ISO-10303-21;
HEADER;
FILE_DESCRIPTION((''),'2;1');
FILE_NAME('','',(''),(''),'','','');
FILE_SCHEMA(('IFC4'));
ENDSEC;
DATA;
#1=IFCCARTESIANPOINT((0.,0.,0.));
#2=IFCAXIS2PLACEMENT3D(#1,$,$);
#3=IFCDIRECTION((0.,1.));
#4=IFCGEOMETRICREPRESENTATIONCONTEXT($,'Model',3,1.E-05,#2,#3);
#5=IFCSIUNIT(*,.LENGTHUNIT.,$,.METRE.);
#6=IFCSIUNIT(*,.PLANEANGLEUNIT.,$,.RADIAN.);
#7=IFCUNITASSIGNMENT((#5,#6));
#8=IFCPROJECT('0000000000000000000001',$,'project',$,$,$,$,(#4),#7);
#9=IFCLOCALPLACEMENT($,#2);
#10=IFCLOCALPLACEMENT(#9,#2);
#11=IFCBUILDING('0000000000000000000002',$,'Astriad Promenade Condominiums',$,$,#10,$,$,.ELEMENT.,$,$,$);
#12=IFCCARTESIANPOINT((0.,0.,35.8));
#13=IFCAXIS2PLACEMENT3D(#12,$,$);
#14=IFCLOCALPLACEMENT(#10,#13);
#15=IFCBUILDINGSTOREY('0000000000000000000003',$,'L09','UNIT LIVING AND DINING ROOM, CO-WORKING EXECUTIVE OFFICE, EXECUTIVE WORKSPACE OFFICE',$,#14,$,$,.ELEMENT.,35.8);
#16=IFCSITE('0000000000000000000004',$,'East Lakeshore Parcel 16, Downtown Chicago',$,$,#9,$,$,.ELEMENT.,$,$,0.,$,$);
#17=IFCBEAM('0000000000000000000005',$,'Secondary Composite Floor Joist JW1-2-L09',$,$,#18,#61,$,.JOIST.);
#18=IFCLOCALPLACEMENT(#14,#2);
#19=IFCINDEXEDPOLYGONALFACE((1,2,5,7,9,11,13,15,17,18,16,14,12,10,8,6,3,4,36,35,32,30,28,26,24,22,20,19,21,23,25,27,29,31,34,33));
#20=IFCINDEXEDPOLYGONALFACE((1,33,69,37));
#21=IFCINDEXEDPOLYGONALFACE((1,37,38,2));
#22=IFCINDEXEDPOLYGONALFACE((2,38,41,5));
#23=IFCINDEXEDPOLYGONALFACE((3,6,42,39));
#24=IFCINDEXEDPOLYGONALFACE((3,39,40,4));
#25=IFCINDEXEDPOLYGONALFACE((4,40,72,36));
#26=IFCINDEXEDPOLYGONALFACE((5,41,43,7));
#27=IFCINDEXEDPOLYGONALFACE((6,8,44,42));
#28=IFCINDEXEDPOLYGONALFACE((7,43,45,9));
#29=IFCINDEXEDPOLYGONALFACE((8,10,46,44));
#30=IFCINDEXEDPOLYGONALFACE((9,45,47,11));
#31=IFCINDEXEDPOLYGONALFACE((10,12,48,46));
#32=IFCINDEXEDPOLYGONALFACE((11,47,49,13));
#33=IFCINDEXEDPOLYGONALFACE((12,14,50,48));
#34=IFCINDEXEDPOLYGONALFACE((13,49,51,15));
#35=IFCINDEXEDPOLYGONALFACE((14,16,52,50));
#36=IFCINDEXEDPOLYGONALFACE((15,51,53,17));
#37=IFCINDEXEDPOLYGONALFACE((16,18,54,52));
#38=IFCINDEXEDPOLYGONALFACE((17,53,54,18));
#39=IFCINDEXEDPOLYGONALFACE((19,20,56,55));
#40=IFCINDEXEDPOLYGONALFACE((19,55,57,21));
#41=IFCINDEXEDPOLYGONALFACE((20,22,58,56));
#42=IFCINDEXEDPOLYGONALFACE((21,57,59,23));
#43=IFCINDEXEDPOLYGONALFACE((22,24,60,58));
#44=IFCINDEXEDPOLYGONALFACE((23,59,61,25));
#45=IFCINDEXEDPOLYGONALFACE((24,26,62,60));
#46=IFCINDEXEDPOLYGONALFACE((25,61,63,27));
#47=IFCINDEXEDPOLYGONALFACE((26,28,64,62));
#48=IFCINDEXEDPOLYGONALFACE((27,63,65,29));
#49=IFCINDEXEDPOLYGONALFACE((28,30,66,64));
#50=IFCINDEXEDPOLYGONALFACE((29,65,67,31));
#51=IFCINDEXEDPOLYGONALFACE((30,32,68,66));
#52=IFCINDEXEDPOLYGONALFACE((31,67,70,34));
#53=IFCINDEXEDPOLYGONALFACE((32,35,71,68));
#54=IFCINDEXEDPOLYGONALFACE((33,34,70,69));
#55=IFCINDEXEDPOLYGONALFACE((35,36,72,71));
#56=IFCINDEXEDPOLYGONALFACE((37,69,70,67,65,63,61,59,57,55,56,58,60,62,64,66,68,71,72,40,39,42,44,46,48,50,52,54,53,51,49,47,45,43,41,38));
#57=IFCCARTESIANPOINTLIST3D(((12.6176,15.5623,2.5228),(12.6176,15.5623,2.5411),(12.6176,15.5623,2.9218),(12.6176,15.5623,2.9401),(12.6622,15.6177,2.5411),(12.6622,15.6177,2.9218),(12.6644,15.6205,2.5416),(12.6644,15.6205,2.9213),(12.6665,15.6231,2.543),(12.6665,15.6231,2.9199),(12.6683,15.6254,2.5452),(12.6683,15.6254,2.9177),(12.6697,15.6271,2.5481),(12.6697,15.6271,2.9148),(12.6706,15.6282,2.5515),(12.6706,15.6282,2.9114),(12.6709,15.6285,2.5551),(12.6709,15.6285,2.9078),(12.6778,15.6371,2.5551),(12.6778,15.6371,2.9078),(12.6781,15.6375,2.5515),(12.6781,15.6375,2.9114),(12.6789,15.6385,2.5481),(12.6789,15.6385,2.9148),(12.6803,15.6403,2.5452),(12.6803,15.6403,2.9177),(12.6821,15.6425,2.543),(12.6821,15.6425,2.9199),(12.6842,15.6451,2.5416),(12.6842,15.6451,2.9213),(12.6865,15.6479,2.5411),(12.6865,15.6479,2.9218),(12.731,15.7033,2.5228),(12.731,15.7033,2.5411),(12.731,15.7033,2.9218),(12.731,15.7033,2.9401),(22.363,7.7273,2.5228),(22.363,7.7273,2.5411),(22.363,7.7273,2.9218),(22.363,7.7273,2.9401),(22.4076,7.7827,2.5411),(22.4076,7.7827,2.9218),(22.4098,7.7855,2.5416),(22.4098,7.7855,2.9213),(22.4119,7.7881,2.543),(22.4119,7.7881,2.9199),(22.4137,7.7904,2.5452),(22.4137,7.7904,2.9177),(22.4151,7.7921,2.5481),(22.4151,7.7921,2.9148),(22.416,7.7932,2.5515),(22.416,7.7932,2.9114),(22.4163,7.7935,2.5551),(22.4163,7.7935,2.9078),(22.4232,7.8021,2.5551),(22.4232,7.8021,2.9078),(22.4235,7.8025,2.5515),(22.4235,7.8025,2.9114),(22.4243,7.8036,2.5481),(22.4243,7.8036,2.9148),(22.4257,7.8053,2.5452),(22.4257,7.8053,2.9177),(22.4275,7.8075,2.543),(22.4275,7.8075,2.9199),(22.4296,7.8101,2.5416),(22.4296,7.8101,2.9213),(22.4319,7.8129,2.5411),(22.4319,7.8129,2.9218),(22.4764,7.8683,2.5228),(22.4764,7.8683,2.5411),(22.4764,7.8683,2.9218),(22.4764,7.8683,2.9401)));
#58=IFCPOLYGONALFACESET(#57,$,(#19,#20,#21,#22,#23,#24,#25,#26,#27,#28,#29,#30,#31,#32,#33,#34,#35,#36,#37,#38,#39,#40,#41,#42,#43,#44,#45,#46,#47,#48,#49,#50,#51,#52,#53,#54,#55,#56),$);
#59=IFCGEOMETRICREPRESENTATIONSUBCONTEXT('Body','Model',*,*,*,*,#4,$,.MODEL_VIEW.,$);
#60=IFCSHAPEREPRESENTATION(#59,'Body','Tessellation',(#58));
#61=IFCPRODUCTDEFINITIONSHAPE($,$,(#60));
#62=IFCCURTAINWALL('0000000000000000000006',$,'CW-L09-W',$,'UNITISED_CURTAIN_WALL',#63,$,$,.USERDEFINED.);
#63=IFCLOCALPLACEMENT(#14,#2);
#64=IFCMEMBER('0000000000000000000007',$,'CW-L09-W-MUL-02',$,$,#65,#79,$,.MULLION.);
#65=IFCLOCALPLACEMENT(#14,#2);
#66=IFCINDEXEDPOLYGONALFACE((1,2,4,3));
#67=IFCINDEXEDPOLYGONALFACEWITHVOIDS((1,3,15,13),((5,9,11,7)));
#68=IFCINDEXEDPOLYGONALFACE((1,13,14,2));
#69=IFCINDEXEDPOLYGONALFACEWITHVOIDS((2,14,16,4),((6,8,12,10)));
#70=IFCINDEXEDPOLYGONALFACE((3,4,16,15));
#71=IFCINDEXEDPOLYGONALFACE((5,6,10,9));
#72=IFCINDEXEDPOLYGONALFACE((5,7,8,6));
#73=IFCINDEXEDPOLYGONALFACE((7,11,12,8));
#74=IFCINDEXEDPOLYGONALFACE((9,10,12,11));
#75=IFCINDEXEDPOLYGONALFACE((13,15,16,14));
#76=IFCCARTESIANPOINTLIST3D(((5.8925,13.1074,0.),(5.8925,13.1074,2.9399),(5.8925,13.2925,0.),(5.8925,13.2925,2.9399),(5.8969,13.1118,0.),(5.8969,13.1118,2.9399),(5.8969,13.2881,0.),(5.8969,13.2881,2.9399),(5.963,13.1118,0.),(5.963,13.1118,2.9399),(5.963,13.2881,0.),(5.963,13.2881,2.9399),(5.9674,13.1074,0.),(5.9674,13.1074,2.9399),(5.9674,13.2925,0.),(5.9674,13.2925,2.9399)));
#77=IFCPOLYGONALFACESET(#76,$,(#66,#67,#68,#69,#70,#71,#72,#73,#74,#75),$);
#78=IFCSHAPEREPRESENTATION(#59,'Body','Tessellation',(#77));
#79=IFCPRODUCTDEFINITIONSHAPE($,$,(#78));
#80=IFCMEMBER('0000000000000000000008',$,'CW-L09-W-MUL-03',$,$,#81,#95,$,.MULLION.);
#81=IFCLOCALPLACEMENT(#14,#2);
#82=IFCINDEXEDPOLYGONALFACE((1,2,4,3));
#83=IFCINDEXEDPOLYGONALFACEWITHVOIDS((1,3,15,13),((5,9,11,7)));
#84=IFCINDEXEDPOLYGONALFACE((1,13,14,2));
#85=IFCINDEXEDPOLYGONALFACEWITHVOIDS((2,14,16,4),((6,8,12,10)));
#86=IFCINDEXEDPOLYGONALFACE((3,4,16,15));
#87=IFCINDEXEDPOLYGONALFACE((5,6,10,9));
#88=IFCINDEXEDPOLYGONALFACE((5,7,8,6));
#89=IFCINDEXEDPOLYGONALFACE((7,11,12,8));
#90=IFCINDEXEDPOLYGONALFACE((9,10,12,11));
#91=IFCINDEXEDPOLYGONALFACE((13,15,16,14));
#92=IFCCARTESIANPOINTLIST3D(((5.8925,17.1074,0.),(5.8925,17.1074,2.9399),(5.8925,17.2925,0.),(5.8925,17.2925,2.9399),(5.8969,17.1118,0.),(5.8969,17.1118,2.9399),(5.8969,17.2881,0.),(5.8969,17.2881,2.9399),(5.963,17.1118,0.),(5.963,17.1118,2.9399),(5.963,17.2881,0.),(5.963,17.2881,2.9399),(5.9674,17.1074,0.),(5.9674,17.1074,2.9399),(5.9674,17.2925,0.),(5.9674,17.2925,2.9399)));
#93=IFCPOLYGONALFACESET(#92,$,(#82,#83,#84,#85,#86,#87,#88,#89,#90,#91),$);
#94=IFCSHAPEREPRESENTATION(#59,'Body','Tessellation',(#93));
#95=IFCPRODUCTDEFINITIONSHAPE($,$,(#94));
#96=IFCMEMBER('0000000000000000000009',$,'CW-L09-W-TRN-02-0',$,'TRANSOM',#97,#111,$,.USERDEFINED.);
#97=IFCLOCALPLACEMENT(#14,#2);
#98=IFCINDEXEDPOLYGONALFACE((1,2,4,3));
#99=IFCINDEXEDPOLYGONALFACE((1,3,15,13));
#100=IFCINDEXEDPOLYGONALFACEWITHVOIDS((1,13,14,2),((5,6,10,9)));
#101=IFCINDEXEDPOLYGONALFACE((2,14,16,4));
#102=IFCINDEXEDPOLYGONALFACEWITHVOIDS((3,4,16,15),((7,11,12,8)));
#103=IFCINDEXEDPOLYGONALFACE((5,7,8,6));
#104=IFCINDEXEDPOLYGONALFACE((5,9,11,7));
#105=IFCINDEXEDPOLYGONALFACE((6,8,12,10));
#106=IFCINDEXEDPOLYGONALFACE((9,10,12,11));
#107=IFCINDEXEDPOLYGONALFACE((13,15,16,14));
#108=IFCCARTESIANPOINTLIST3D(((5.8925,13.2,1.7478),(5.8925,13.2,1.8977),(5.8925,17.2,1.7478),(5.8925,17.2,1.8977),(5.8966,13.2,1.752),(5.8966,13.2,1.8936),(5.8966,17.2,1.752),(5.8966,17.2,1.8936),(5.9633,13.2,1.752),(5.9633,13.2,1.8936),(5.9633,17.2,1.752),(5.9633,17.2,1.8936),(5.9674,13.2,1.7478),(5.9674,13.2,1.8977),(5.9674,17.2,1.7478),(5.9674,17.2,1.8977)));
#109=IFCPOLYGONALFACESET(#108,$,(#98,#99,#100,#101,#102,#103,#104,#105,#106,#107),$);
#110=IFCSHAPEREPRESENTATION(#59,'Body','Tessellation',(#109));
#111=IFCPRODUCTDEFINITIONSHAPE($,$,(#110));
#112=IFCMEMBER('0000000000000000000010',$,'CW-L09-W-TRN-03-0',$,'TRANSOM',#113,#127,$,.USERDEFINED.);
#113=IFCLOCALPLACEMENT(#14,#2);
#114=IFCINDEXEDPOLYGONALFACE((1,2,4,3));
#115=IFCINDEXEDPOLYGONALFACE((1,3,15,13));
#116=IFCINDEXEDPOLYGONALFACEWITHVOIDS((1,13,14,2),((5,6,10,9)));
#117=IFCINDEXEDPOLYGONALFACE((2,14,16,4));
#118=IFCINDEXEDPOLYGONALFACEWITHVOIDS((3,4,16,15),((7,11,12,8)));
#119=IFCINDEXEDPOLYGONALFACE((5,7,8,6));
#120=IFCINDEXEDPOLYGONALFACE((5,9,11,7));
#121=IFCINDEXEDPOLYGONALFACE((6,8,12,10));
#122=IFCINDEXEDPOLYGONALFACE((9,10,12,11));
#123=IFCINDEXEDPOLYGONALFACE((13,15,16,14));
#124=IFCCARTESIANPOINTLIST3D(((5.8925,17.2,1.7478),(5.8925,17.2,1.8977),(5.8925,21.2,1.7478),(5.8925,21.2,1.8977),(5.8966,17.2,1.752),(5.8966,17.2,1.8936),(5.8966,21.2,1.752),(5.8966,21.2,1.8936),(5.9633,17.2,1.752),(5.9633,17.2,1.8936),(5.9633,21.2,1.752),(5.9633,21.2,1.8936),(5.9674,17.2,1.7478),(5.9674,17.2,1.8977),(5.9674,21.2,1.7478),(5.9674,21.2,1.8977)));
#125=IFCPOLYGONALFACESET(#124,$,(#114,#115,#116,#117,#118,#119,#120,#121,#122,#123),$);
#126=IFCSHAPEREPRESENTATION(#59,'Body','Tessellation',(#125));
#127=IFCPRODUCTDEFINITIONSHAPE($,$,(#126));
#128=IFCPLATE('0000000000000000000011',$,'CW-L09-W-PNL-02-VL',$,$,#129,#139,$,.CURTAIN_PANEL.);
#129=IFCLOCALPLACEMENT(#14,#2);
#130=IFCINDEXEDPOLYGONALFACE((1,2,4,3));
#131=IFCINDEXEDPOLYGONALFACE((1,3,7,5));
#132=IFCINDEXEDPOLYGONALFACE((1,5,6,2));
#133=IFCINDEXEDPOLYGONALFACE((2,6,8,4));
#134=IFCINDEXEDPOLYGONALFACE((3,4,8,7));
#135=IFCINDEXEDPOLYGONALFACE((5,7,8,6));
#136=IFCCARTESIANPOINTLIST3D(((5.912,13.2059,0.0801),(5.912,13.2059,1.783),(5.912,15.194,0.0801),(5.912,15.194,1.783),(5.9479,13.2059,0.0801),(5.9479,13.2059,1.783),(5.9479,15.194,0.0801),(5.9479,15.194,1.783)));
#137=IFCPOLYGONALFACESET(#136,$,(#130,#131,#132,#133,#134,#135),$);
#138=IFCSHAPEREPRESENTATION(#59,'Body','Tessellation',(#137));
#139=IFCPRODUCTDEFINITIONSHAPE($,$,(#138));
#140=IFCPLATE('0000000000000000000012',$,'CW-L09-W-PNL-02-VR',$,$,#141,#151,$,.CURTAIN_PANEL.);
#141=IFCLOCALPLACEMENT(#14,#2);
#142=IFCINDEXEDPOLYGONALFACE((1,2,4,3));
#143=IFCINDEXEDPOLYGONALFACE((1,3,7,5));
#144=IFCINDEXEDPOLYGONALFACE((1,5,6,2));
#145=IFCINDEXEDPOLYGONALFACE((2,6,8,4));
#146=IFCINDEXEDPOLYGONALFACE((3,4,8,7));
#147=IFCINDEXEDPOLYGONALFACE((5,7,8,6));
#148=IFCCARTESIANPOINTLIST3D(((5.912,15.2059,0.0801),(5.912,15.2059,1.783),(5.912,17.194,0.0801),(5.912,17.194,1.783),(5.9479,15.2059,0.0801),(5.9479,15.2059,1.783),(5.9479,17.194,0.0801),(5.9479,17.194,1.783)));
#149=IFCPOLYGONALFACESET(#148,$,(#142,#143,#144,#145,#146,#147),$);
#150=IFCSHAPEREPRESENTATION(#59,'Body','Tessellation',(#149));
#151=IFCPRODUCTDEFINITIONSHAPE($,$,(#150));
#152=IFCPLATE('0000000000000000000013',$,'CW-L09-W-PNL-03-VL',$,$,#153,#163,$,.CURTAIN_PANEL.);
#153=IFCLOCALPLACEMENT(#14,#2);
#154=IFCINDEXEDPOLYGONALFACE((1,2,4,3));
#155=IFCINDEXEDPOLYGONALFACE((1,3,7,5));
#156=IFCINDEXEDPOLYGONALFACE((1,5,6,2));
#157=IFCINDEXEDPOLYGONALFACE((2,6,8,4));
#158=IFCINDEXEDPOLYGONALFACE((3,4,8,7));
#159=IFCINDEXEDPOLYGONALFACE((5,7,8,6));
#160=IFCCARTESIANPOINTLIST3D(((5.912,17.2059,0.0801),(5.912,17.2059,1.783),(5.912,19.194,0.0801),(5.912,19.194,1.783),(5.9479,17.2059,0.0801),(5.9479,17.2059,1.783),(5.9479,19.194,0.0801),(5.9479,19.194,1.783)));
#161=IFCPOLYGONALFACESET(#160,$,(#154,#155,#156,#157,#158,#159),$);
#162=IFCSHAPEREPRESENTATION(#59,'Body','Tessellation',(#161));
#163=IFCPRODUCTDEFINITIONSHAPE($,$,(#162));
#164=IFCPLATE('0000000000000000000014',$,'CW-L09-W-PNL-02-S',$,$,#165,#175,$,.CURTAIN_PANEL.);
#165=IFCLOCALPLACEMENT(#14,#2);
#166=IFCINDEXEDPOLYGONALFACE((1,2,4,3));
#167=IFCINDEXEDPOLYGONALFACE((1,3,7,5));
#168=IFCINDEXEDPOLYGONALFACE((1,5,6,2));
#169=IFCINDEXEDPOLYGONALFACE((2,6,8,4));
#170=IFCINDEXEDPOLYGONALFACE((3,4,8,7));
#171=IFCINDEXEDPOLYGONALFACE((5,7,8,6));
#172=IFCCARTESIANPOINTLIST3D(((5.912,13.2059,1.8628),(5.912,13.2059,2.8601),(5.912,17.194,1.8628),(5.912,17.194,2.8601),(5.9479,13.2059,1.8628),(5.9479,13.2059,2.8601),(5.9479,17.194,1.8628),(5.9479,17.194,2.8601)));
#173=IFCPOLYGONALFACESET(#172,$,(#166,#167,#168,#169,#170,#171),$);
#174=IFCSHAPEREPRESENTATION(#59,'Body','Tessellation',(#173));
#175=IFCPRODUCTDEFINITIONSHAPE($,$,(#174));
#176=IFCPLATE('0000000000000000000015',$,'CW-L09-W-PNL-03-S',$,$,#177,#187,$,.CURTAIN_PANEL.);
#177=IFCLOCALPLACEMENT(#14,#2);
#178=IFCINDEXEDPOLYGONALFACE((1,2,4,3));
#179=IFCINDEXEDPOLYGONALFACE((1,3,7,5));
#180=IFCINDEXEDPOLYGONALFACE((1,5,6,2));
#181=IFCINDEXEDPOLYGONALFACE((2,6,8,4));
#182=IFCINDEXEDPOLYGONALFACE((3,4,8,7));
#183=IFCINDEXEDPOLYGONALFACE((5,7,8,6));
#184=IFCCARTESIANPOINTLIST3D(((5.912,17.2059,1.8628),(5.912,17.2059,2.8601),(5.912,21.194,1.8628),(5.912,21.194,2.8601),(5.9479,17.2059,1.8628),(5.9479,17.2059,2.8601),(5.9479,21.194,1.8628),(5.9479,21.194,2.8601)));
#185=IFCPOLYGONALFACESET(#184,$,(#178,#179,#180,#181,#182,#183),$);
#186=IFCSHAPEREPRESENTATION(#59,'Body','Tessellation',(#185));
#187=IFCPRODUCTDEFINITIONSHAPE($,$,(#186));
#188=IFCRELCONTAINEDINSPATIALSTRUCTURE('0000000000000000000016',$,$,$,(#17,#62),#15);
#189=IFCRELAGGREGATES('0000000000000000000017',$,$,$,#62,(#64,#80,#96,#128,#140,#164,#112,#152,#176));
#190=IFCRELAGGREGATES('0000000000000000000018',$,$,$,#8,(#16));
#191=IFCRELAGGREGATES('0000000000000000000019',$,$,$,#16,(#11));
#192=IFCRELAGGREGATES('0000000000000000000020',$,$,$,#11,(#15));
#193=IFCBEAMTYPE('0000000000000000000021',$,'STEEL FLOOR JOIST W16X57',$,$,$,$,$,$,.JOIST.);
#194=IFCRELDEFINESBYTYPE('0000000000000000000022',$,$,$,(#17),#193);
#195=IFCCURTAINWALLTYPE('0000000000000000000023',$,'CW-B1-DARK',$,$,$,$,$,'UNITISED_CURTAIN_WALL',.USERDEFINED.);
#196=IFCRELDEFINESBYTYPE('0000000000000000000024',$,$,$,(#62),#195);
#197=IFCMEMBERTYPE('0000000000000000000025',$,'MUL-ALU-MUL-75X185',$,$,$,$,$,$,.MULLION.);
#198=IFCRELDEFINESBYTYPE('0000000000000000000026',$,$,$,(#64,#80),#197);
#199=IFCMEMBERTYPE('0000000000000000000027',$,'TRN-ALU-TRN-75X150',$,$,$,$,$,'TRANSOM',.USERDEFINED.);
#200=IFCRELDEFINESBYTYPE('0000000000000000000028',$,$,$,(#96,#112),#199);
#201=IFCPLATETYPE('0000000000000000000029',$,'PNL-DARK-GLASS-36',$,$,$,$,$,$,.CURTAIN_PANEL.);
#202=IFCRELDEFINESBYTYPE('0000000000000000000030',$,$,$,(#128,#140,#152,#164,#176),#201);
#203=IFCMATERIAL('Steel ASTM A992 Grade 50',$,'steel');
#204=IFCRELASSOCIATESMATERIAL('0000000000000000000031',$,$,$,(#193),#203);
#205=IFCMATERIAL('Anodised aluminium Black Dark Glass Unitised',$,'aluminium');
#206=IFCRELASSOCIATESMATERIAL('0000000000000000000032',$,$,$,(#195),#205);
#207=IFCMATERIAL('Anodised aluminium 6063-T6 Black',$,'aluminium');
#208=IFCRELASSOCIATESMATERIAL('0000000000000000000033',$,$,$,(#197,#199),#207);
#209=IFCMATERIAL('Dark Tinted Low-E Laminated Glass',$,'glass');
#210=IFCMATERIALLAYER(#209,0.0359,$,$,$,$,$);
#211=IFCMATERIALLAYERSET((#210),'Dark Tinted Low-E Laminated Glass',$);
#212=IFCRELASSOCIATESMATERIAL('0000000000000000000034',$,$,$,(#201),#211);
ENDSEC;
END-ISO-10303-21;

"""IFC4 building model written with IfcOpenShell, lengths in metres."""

from ifc_helpers import new_model, si_unit, direction, frame, origin, origin_2d, place, context, subcontext, project, spatial, rectangle, hollow_rectangle, i_section, extrude, source, transform, mapped, material, layer, layer_set, material_profile, profile_set, type_object, type_shapes, element, aggregate, save


model = new_model("IFC4")

# Units and contexts
model_context = context("Model", 3, precision=1e-05, world=origin(), true_north=direction((0.0, 1.0)))
body_context = subcontext(model_context, "Body", "Model", "MODEL_VIEW")
ifc_project = project(units=[si_unit("LENGTHUNIT", "METRE"), si_unit("PLANEANGLEUNIT", "RADIAN")], contexts=[model_context])

# Site, building, storey
site_placement = place(None, origin())
site = spatial("IfcSite", under=ifc_project, at=site_placement, Name="East Lakeshore Parcel 16, Downtown Chicago", CompositionType="ELEMENT", RefElevation=0.0)
building_placement = place(site_placement, origin())
building = spatial("IfcBuilding", under=site, at=building_placement, Name="Astriad Promenade Condominiums", CompositionType="ELEMENT")
storey_placement = place(building_placement, frame((0.0, 0.0, 35.8)))
storey = spatial("IfcBuildingStorey", under=building, at=storey_placement, Name="L09", Description="UNIT LIVING AND DINING ROOM, CO-WORKING EXECUTIVE OFFICE, EXECUTIVE WORKSPACE OFFICE", CompositionType="ELEMENT", Elevation=35.8)

# Beam
ifc_material_1 = material(Name="Steel ASTM A992 Grade 50", Category="steel")
ifc_material_profile_1 = material_profile(ifc_material_1, i_section(OverallWidth=0.1809, OverallDepth=0.4172, WebThickness=0.011, FlangeThickness=0.0183, FilletRadius=0.0139, at=origin_2d()), Name="W16X57")
ifc_profile_set_1 = profile_set([ifc_material_profile_1], Name="Steel ASTM A992 Grade 50")
beam_type_1 = type_object("IfcBeamType", Name="STEEL FLOOR JOIST W16X57", PredefinedType="JOIST", material=ifc_profile_set_1)
shared_shape_1 = source(origin(), body_context, "Body", "SweptSolid", [
    extrude(i_section(OverallWidth=0.1809, OverallDepth=0.4172, WebThickness=0.011, FlangeThickness=0.0183, FilletRadius=0.0139, at=origin_2d()), origin(), (0.0, 0.0, 1.0), 12.5044),
])
beam_1_placement = place(storey_placement, frame((12.6743, 15.6328, 2.7314), z_axis=(0.779358, -0.626579, 0.0), x_axis=(0.626579, 0.779358, 0.0)))
element("IfcBeam", 1, at=beam_1_placement, inside=storey, type_object=beam_type_1, Name="Secondary Composite Floor Joist JW1-2-L09", PredefinedType="JOIST", context=body_context, shape_type="MappedRepresentation", body=[
    mapped(shared_shape_1, transform((0.0, 0.0, 0.0), scale=1.0)),
])

# Curtain wall, members, plates
ifc_material_2 = material(Name="Anodised aluminium Black Dark Glass Unitised", Category="aluminium")
curtain_wall_type = type_object("IfcCurtainWallType", Name="CW-B1-DARK", ElementType="UNITISED_CURTAIN_WALL", PredefinedType="USERDEFINED", material=ifc_material_2)
curtain_wall_placement = place(storey_placement, origin())
curtain_wall = element("IfcCurtainWall", 2, at=curtain_wall_placement, inside=storey, type_object=curtain_wall_type, Name="CW-L09-W", ObjectType="UNITISED_CURTAIN_WALL", PredefinedType="USERDEFINED")
ifc_material_3 = material(Name="Anodised aluminium 6063-T6 Black", Category="aluminium")
ifc_material_profile_2 = material_profile(ifc_material_3, hollow_rectangle(XDim=0.075, YDim=0.1851, WallThickness=0.0044, at=origin_2d()), Name="ALU-MUL-75X185")
ifc_profile_set_2 = profile_set([ifc_material_profile_2], Name="Anodised aluminium 6063-T6 Black")
member_type_1 = type_object("IfcMemberType", Name="MUL-ALU-MUL-75X185", PredefinedType="MULLION", material=ifc_profile_set_2)
shared_shape_2 = source(origin(), body_context, "Body", "SweptSolid", [
    extrude(hollow_rectangle(XDim=0.075, YDim=0.1851, WallThickness=0.0044, at=origin_2d()), origin(), (0.0, 0.0, 1.0), 2.9399),
])
type_shapes(member_type_1, [shared_shape_2])
member_1_placement = place(storey_placement, frame((5.9299, 13.2, 0.0), z_axis=(0.0, 0.0, 1.0), x_axis=(1.0, 0.0, 0.0)))
member_1 = element("IfcMember", 3, at=member_1_placement, type_object=member_type_1, Name="CW-L09-W-MUL-02", PredefinedType="MULLION", context=body_context, shape_type="MappedRepresentation", body=[
    mapped(shared_shape_2, transform((0.0, 0.0, 0.0), scale=1.0)),
])
member_2_placement = place(storey_placement, frame((5.9299, 17.2, 0.0), z_axis=(0.0, 0.0, 1.0), x_axis=(1.0, 0.0, 0.0)))
member_2 = element("IfcMember", 4, at=member_2_placement, type_object=member_type_1, Name="CW-L09-W-MUL-03", PredefinedType="MULLION", context=body_context, shape_type="MappedRepresentation", body=[
    mapped(shared_shape_2, transform((0.0, 0.0, 0.0), scale=1.0)),
])
ifc_material_profile_3 = material_profile(ifc_material_3, hollow_rectangle(XDim=0.075, YDim=0.1499, WallThickness=0.0042, at=origin_2d()), Name="ALU-TRN-75X150")
ifc_profile_set_3 = profile_set([ifc_material_profile_3], Name="Anodised aluminium 6063-T6 Black")
member_type_2 = type_object("IfcMemberType", Name="TRN-ALU-TRN-75X150", ElementType="TRANSOM", PredefinedType="USERDEFINED", material=ifc_profile_set_3)
shared_shape_3 = source(origin(), body_context, "Body", "SweptSolid", [
    extrude(hollow_rectangle(XDim=0.075, YDim=0.1499, WallThickness=0.0042, at=origin_2d()), origin(), (0.0, 0.0, 1.0), 4.0),
])
type_shapes(member_type_2, [shared_shape_3])
member_3_placement = place(storey_placement, frame((5.9299, 13.2, 1.8228), z_axis=(0.0, 1.0, 0.0), x_axis=(-1.0, 0.0, 0.0)))
member_3 = element("IfcMember", 5, at=member_3_placement, type_object=member_type_2, Name="CW-L09-W-TRN-02-0", ObjectType="TRANSOM", PredefinedType="USERDEFINED", context=body_context, shape_type="MappedRepresentation", body=[
    mapped(shared_shape_3, transform((0.0, 0.0, 0.0), scale=1.0)),
])
member_4_placement = place(storey_placement, frame((5.9299, 17.2, 1.8228), z_axis=(0.0, 1.0, 0.0), x_axis=(-1.0, 0.0, 0.0)))
member_4 = element("IfcMember", 6, at=member_4_placement, type_object=member_type_2, Name="CW-L09-W-TRN-03-0", ObjectType="TRANSOM", PredefinedType="USERDEFINED", context=body_context, shape_type="MappedRepresentation", body=[
    mapped(shared_shape_3, transform((0.0, 0.0, 0.0), scale=1.0)),
])
ifc_material_4 = material(Name="Dark Tinted Low-E Laminated Glass", Category="glass")
ifc_layer_1 = layer(ifc_material_4, 0.0359)
ifc_layer_set_1 = layer_set([ifc_layer_1], Name="Dark Tinted Low-E Laminated Glass")
plate_type = type_object("IfcPlateType", Name="PNL-DARK-GLASS-36", PredefinedType="CURTAIN_PANEL", material=ifc_layer_set_1)
shared_shape_4 = source(origin(), body_context, "Body", "SweptSolid", [
    extrude(rectangle(XDim=1.988, YDim=0.0359, at=origin_2d()), origin(), (0.0, 0.0, 1.0), 1.7029),
])
plate_1_placement = place(storey_placement, frame((5.9299, 14.2, 0.0801), z_axis=(0.0, 0.0, 1.0), x_axis=(0.0, 1.0, 0.0)))
plate_1 = element("IfcPlate", 7, at=plate_1_placement, type_object=plate_type, Name="CW-L09-W-PNL-02-VL", PredefinedType="CURTAIN_PANEL", context=body_context, shape_type="MappedRepresentation", body=[
    mapped(shared_shape_4, transform((0.0, 0.0, 0.0), scale=1.0)),
])
plate_2_placement = place(storey_placement, frame((5.9299, 16.2, 0.0801), z_axis=(0.0, 0.0, 1.0), x_axis=(0.0, 1.0, 0.0)))
plate_2 = element("IfcPlate", 8, at=plate_2_placement, type_object=plate_type, Name="CW-L09-W-PNL-02-VR", PredefinedType="CURTAIN_PANEL", context=body_context, shape_type="MappedRepresentation", body=[
    mapped(shared_shape_4, transform((0.0, 0.0, 0.0), scale=1.0)),
])
plate_3_placement = place(storey_placement, frame((5.9299, 18.2, 0.0801), z_axis=(0.0, 0.0, 1.0), x_axis=(0.0, 1.0, 0.0)))
plate_3 = element("IfcPlate", 9, at=plate_3_placement, type_object=plate_type, Name="CW-L09-W-PNL-03-VL", PredefinedType="CURTAIN_PANEL", context=body_context, shape_type="MappedRepresentation", body=[
    mapped(shared_shape_4, transform((0.0, 0.0, 0.0), scale=1.0)),
])
shared_shape_5 = source(origin(), body_context, "Body", "SweptSolid", [
    extrude(rectangle(XDim=3.988, YDim=0.0359, at=origin_2d()), origin(), (0.0, 0.0, 1.0), 0.9973),
])
type_shapes(plate_type, [shared_shape_4, shared_shape_5])
plate_4_placement = place(storey_placement, frame((5.9299, 15.2, 1.8628), z_axis=(0.0, 0.0, 1.0), x_axis=(0.0, 1.0, 0.0)))
plate_4 = element("IfcPlate", 10, at=plate_4_placement, type_object=plate_type, Name="CW-L09-W-PNL-02-S", PredefinedType="CURTAIN_PANEL", context=body_context, shape_type="MappedRepresentation", body=[
    mapped(shared_shape_5, transform((0.0, 0.0, 0.0), scale=1.0)),
])
plate_5_placement = place(storey_placement, frame((5.9299, 19.2, 1.8628), z_axis=(0.0, 0.0, 1.0), x_axis=(0.0, 1.0, 0.0)))
plate_5 = element("IfcPlate", 11, at=plate_5_placement, type_object=plate_type, Name="CW-L09-W-PNL-03-S", PredefinedType="CURTAIN_PANEL", context=body_context, shape_type="MappedRepresentation", body=[
    mapped(shared_shape_5, transform((0.0, 0.0, 0.0), scale=1.0)),
])
aggregate(curtain_wall, [member_1, member_2, member_3, plate_1, plate_2, plate_4, member_4, plate_3, plate_5])

save(model, "model.ifc")
